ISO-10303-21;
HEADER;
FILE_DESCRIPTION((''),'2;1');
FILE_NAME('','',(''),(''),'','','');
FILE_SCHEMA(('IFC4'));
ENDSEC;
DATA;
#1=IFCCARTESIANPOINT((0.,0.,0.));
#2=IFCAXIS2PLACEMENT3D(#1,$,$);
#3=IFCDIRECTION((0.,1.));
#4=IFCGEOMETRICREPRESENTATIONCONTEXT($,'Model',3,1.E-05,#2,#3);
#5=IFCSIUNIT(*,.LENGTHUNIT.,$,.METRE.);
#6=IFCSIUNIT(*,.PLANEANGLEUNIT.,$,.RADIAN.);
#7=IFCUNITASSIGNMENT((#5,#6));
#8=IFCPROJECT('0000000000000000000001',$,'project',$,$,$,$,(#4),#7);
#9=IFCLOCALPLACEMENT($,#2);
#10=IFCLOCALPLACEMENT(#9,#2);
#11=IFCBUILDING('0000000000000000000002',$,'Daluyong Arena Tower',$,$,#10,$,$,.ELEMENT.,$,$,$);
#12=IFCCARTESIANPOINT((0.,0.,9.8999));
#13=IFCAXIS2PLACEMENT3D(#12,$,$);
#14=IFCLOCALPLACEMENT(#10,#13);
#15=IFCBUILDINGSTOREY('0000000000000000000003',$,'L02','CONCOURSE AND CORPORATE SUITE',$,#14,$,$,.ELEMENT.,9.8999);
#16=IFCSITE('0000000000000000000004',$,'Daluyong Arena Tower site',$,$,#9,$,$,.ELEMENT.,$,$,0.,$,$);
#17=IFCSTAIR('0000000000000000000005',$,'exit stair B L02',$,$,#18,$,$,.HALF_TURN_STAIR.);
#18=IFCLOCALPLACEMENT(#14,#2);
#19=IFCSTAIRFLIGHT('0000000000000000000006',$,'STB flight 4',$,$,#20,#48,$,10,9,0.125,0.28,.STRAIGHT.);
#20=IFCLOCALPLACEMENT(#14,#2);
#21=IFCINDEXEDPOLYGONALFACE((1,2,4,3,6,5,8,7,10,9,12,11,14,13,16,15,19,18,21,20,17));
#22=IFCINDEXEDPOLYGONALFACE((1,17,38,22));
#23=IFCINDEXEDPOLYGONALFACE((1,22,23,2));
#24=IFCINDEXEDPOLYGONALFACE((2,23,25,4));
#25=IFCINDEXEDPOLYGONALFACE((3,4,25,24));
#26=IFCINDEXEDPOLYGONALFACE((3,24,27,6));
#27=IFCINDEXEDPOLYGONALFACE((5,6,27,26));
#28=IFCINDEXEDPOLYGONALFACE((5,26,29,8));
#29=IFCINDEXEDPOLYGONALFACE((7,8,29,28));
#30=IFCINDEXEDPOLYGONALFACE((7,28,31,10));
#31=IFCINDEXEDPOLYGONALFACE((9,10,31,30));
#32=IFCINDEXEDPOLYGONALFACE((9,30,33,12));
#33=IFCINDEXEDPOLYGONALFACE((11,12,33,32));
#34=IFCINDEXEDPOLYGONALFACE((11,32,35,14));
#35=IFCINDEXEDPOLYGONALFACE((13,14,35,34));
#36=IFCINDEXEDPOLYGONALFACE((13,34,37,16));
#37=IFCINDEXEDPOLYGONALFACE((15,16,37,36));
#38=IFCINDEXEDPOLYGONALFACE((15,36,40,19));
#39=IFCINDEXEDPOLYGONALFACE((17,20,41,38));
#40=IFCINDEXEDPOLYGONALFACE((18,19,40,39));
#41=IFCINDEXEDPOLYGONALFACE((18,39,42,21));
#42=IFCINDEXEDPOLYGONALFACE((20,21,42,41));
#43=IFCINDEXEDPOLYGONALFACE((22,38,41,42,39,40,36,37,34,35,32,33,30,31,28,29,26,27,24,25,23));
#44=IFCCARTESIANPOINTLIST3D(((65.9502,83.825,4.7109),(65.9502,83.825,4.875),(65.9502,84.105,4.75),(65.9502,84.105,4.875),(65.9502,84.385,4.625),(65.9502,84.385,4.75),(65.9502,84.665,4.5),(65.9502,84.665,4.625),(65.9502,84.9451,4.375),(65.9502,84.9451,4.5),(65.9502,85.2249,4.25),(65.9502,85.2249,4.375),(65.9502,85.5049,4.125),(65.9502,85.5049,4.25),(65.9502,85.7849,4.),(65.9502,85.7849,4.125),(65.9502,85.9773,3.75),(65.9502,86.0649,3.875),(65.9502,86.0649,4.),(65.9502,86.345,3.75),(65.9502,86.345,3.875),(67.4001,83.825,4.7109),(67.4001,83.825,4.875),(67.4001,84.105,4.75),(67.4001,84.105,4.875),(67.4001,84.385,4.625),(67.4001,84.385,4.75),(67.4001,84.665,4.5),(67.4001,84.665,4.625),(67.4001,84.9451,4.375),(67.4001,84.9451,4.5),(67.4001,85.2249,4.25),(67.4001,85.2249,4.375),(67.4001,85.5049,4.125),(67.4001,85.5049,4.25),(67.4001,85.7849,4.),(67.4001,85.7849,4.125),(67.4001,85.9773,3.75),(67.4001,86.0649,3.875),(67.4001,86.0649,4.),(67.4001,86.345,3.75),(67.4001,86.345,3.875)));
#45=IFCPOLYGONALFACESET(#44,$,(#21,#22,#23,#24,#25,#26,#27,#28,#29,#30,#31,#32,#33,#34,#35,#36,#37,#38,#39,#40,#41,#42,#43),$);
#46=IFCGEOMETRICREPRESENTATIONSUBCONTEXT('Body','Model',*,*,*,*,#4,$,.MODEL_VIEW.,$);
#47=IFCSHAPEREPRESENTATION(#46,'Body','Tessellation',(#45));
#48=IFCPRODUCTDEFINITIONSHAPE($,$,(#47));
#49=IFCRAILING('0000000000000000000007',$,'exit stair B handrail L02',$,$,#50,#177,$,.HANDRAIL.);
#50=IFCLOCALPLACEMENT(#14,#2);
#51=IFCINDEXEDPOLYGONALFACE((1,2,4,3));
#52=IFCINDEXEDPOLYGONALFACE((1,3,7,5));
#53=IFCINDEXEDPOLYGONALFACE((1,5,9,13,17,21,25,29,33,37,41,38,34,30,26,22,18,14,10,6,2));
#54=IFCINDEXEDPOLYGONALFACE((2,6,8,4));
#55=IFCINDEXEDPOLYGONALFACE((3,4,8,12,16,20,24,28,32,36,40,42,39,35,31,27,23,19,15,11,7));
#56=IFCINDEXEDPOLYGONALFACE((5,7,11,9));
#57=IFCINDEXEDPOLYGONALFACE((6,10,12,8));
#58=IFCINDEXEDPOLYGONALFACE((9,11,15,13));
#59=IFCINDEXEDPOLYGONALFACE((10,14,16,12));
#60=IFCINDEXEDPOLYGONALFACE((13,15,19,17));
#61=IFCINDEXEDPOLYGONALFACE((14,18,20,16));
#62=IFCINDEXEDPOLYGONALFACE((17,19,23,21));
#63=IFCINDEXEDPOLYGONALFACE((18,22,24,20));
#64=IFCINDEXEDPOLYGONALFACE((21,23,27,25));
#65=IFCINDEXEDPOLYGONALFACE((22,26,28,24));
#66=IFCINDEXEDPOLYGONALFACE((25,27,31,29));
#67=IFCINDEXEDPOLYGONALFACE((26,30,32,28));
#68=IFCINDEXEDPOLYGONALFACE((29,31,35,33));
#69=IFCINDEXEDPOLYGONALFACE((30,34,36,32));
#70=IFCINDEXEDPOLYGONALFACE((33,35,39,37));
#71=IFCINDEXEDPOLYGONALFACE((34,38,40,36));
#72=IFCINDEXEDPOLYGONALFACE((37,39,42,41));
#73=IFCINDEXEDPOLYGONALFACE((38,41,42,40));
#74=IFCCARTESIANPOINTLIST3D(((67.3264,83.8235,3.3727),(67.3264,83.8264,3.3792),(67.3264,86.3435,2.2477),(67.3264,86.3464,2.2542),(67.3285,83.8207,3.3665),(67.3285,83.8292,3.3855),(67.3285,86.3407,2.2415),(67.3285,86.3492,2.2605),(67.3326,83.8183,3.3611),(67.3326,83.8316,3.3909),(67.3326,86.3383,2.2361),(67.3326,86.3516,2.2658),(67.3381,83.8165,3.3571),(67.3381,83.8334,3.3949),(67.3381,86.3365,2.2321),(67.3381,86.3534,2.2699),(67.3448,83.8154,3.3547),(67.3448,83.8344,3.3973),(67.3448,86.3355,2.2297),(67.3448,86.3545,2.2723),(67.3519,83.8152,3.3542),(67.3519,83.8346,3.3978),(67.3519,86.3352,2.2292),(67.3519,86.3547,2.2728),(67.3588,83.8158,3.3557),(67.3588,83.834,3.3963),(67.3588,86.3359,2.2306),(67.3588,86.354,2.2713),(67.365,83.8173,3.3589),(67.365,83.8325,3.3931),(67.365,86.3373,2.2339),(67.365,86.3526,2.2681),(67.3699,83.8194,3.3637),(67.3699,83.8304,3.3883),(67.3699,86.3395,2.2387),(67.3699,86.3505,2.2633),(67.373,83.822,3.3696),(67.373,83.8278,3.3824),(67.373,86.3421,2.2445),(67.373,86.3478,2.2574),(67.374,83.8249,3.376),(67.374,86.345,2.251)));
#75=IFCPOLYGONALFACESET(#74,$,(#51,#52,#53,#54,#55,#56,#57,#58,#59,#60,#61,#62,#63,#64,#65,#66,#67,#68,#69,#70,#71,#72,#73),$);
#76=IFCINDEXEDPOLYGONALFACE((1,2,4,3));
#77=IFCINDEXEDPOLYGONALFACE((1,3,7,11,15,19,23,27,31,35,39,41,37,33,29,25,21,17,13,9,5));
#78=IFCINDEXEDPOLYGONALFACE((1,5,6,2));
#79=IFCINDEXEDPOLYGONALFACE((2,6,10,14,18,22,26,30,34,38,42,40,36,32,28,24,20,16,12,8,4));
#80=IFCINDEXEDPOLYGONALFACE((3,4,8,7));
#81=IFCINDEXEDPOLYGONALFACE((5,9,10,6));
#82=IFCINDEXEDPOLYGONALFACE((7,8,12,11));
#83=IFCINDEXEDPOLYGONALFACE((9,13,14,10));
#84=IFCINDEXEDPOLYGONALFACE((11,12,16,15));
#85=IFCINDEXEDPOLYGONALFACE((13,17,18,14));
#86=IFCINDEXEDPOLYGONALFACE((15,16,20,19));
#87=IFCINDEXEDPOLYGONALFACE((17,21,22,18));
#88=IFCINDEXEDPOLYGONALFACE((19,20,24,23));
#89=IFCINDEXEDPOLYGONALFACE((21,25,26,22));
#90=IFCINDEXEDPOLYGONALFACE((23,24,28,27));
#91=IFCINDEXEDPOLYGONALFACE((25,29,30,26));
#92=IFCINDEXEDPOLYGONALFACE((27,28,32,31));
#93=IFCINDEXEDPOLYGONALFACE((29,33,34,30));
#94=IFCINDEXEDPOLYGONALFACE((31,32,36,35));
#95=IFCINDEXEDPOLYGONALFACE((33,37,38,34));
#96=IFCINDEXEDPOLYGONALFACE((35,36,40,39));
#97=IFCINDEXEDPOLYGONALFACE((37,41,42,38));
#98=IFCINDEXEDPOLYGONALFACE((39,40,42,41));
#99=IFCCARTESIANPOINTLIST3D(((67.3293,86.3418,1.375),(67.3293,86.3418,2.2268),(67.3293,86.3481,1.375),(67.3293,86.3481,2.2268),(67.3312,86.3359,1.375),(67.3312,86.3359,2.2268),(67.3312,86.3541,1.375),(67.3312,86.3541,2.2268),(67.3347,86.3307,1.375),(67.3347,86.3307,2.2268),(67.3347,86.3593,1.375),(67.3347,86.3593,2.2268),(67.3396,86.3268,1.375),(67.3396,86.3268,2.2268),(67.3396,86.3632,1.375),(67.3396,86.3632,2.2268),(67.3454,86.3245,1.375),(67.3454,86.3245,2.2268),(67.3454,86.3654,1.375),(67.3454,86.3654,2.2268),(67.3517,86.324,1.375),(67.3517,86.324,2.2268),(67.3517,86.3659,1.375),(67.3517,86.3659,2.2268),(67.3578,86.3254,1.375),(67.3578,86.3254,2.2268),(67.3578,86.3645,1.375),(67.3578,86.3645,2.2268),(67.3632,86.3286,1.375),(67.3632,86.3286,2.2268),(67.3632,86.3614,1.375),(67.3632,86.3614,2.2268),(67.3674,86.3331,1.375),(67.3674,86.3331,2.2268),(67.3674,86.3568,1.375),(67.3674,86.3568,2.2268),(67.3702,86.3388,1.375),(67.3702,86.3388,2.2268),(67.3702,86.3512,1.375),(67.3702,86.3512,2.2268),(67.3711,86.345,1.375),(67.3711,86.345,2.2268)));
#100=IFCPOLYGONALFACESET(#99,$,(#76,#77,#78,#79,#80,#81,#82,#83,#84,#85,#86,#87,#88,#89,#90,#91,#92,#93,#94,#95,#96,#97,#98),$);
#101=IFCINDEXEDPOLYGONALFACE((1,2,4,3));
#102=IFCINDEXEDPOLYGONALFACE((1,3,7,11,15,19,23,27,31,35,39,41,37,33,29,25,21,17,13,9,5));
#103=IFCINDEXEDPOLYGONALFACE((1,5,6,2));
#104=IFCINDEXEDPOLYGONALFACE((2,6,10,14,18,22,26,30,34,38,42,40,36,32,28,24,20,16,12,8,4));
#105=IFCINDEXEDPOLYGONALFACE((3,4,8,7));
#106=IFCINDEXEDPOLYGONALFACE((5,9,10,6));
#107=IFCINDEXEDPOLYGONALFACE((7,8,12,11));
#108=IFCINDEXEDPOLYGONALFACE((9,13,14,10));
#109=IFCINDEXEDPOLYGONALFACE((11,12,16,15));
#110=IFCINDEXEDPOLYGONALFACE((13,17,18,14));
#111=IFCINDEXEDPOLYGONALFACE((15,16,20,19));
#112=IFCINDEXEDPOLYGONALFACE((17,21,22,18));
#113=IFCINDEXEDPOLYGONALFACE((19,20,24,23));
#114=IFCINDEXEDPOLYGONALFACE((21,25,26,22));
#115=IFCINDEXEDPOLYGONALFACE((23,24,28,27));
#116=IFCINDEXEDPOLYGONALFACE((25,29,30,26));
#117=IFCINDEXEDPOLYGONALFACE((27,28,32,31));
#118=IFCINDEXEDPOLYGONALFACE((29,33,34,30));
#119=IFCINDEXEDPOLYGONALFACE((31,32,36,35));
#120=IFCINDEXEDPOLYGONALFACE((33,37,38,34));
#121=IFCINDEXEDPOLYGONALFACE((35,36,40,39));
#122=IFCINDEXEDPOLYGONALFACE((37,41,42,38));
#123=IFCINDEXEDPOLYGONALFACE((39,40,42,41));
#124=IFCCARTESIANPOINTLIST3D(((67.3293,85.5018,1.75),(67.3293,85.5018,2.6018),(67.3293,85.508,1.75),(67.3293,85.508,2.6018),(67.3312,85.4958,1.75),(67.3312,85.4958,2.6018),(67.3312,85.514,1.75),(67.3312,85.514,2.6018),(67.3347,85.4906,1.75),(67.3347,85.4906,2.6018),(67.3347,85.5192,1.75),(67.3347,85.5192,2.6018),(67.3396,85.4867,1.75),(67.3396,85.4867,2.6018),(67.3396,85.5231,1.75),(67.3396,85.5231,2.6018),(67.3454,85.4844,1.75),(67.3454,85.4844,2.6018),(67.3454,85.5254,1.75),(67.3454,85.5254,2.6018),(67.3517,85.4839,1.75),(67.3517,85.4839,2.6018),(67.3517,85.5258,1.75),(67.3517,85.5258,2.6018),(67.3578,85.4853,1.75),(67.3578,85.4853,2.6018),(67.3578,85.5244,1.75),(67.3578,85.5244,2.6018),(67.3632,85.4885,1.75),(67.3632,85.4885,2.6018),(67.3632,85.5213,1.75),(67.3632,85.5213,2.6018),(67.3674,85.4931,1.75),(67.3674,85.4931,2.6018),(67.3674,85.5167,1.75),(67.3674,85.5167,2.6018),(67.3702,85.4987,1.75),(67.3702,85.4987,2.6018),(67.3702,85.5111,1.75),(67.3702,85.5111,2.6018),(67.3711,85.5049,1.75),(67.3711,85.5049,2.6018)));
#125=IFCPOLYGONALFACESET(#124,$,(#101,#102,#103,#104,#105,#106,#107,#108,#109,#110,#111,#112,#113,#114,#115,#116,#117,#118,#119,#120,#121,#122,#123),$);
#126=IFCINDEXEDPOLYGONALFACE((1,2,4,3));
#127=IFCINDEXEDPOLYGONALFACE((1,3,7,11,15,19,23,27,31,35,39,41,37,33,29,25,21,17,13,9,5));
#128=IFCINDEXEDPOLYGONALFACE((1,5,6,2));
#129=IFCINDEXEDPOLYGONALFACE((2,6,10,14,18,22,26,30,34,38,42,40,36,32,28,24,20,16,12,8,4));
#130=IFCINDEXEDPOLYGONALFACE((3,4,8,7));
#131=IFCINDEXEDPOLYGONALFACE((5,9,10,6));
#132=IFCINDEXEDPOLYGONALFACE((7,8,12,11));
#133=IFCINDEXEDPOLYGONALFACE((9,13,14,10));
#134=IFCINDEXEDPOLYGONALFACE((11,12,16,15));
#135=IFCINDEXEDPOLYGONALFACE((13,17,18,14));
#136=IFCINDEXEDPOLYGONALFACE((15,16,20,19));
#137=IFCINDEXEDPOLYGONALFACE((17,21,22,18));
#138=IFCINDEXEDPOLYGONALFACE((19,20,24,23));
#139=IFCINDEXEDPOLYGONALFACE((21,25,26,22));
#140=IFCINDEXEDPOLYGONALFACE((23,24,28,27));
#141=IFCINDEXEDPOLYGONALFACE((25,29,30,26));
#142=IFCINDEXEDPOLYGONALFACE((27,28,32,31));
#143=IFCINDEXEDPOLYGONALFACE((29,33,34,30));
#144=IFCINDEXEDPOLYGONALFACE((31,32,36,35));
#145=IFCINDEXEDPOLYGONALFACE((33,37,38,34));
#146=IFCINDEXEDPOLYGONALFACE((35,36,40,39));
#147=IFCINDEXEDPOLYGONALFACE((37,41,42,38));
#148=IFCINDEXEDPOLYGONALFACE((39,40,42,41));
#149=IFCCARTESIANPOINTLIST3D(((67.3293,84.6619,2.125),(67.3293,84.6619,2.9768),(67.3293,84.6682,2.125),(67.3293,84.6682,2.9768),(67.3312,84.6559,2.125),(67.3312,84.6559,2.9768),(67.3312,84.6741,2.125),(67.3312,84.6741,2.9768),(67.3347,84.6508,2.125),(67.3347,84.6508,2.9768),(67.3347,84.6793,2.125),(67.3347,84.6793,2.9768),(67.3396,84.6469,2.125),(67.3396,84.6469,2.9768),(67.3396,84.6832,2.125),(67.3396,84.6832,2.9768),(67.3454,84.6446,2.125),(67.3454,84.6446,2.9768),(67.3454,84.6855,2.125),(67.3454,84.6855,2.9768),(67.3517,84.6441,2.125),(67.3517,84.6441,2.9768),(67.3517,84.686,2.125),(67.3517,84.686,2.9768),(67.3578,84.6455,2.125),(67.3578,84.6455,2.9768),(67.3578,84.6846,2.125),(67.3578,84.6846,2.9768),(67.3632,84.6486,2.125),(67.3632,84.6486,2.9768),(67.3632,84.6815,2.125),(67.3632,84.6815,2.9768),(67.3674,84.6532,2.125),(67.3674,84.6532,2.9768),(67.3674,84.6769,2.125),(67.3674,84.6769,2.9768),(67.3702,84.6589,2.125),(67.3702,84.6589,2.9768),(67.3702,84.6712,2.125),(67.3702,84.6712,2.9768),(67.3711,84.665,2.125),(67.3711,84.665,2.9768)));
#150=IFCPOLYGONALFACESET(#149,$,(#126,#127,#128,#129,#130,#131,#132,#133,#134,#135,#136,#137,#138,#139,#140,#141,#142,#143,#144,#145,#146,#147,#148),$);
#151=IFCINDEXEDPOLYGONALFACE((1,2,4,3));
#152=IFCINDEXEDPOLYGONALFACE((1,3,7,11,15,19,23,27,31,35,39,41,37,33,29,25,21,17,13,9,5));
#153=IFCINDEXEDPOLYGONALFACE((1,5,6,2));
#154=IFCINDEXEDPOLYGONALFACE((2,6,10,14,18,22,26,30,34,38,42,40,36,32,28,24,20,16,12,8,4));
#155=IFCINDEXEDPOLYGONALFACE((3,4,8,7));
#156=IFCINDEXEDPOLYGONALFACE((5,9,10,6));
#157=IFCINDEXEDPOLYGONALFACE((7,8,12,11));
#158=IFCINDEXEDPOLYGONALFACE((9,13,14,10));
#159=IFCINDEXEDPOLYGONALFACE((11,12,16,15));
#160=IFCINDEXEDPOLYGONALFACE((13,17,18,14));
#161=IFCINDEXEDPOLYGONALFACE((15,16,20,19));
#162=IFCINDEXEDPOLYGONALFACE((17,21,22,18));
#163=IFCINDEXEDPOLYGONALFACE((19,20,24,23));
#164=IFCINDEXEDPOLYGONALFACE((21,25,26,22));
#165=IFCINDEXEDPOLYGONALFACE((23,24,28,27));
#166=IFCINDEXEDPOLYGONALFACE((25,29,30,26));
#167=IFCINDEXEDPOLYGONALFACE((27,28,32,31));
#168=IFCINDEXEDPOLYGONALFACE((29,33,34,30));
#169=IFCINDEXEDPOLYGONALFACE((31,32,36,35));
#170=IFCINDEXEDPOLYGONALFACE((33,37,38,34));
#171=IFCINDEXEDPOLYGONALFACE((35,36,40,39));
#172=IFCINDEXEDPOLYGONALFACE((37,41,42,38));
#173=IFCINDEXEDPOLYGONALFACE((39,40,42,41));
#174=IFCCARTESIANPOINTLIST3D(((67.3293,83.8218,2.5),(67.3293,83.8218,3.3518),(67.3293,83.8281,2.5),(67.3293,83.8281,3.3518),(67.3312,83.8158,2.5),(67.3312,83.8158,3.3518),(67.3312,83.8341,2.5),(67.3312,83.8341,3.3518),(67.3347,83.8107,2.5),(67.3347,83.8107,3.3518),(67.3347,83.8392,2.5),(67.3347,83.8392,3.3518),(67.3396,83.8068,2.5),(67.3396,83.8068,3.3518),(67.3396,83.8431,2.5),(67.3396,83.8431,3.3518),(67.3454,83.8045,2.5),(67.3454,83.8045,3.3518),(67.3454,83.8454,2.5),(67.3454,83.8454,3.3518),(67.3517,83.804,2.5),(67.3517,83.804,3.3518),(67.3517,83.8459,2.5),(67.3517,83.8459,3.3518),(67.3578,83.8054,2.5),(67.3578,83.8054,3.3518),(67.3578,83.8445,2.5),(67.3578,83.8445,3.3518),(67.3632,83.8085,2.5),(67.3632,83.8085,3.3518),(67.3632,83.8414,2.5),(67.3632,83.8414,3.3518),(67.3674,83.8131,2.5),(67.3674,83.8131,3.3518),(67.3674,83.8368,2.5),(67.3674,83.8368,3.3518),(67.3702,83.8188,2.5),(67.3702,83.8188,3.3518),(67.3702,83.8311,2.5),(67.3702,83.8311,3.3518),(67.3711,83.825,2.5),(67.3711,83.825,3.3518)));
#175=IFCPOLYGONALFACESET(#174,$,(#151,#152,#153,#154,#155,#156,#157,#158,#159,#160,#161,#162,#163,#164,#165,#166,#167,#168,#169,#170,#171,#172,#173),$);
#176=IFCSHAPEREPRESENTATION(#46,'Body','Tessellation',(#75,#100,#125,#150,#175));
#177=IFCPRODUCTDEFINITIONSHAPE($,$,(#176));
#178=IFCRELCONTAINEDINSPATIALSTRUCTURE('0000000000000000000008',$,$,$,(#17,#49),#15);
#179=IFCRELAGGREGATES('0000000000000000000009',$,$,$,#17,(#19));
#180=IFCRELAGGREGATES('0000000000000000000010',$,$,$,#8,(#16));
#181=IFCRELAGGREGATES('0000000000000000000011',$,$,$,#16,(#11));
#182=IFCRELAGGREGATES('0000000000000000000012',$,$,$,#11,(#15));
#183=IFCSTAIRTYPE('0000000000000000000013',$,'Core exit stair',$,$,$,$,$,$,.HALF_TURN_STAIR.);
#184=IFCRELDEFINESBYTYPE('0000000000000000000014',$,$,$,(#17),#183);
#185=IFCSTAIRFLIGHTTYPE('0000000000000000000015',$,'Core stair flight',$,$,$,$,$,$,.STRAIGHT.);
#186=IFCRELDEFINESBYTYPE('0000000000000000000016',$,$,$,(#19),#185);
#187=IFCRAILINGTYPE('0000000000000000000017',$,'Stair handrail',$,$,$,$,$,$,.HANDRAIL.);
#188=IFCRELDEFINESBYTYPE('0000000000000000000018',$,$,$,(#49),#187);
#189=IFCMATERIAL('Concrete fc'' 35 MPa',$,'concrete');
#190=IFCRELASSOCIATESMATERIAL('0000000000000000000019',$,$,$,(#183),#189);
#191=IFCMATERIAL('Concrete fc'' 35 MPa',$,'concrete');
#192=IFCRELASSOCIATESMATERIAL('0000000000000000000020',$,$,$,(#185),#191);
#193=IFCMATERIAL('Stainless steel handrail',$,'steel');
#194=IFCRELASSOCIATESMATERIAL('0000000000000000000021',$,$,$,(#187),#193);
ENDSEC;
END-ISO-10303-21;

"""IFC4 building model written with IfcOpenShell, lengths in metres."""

from ifc_helpers import new_model, si_unit, direction, frame, origin, origin_2d, place, context, subcontext, project, spatial, polyline, circle, outline, extrude, material, type_object, element, aggregate, save


model = new_model("IFC4")

# Units and contexts
model_context = context("Model", 3, precision=1e-05, world=origin(), true_north=direction((0.0, 1.0)))
body_context = subcontext(model_context, "Body", "Model", "MODEL_VIEW")
ifc_project = project(units=[si_unit("LENGTHUNIT", "METRE"), si_unit("PLANEANGLEUNIT", "RADIAN")], contexts=[model_context])

# Site, building, storey
site_placement = place(None, origin())
site = spatial("IfcSite", under=ifc_project, at=site_placement, Name="Daluyong Arena Tower site", CompositionType="ELEMENT", RefElevation=0.0)
building_placement = place(site_placement, origin())
building = spatial("IfcBuilding", under=site, at=building_placement, Name="Daluyong Arena Tower", CompositionType="ELEMENT")
storey_placement = place(building_placement, frame((0.0, 0.0, 9.8999)))
storey = spatial("IfcBuildingStorey", under=building, at=storey_placement, Name="L02", Description="CONCOURSE AND CORPORATE SUITE", CompositionType="ELEMENT", Elevation=9.8999)

# Stair, stair flight
ifc_material_1 = material(Name="Concrete fc' 35 MPa", Category="concrete")
stair_type = type_object("IfcStairType", Name="Core exit stair", PredefinedType="HALF_TURN_STAIR", material=ifc_material_1)
stair_placement = place(storey_placement, origin())
stair = element("IfcStair", 1, at=stair_placement, inside=storey, type_object=stair_type, Name="exit stair B L02", PredefinedType="HALF_TURN_STAIR")
ifc_material_2 = material(Name="Concrete fc' 35 MPa", Category="concrete")
stair_flight_type = type_object("IfcStairFlightType", Name="Core stair flight", PredefinedType="STRAIGHT", material=ifc_material_2)
stair_flight_1_placement = place(storey_placement, frame((66.675, 86.345, 3.75), z_axis=(0.0, 0.0, 1.0), x_axis=(0.0, -1.0, 0.0)))
stair_flight_1 = element("IfcStairFlight", 2, at=stair_flight_1_placement, type_object=stair_flight_type, Name="STB flight 4", NumberOfRisers=10, NumberOfTreads=9, PredefinedType="STRAIGHT", RiserHeight=0.125, TreadLength=0.28, context=body_context, shape_type="SweptSolid", body=[
    extrude(outline(polyline([(0.0, 0.0), (0.0, 0.125), (0.28, 0.125), (0.28, 0.25), (0.5601, 0.25), (0.5601, 0.375), (0.8401, 0.375), (0.8401, 0.5), (1.1201, 0.5), (1.1201, 0.625), (1.3999, 0.625), (1.3999, 0.75), (1.6799, 0.75), (1.6799, 0.875), (1.96, 0.875), (1.96, 1.0), (2.24, 1.0), (2.24, 1.125), (2.52, 1.125), (2.52, 1.25), (2.52, 0.9609), (0.3677, 0.0), (0.0, 0.0)])), frame((0.0, 0.7251, 0.0), z_axis=(0.0, -1.0, 0.0), x_axis=(1.0, 0.0, 0.0)), (0.0, 0.0, 1.0), 1.45),
])
aggregate(stair, [stair_flight_1])

# Railing
ifc_material_3 = material(Name="Stainless steel handrail", Category="steel")
railing_type_1 = type_object("IfcRailingType", Name="Stair handrail", PredefinedType="HANDRAIL", material=ifc_material_3)
for number, where, name in (
    (3, (67.3501, 86.345, 1.375), "exit stair B handrail L02"),
):
    element("IfcRailing", number, at=place(storey_placement, frame(where)), inside=storey, type_object=railing_type_1, Name=name, PredefinedType="HANDRAIL", context=body_context, shape_type="SweptSolid", body=[
        extrude(circle(Radius=0.0239, at=origin_2d()), frame((0.0, 0.0, 0.876), z_axis=(0.0, -0.913139, 0.407648), x_axis=(1.0, 0.0, 0.0)), (0.0, 0.0, 1.0), 2.7598),
        extrude(circle(Radius=0.021, at=origin_2d()), origin(), (0.0, 0.0, 1.0), 0.8518),
        extrude(circle(Radius=0.021, at=origin_2d()), frame((0.0, -0.8401, 0.375)), (0.0, 0.0, 1.0), 0.8518),
        extrude(circle(Radius=0.021, at=origin_2d()), frame((0.0, -1.6799, 0.75)), (0.0, 0.0, 1.0), 0.8518),
        extrude(circle(Radius=0.021, at=origin_2d()), frame((0.0, -2.52, 1.125)), (0.0, 0.0, 1.0), 0.8518),
    ])

save(model, "model.ifc")
